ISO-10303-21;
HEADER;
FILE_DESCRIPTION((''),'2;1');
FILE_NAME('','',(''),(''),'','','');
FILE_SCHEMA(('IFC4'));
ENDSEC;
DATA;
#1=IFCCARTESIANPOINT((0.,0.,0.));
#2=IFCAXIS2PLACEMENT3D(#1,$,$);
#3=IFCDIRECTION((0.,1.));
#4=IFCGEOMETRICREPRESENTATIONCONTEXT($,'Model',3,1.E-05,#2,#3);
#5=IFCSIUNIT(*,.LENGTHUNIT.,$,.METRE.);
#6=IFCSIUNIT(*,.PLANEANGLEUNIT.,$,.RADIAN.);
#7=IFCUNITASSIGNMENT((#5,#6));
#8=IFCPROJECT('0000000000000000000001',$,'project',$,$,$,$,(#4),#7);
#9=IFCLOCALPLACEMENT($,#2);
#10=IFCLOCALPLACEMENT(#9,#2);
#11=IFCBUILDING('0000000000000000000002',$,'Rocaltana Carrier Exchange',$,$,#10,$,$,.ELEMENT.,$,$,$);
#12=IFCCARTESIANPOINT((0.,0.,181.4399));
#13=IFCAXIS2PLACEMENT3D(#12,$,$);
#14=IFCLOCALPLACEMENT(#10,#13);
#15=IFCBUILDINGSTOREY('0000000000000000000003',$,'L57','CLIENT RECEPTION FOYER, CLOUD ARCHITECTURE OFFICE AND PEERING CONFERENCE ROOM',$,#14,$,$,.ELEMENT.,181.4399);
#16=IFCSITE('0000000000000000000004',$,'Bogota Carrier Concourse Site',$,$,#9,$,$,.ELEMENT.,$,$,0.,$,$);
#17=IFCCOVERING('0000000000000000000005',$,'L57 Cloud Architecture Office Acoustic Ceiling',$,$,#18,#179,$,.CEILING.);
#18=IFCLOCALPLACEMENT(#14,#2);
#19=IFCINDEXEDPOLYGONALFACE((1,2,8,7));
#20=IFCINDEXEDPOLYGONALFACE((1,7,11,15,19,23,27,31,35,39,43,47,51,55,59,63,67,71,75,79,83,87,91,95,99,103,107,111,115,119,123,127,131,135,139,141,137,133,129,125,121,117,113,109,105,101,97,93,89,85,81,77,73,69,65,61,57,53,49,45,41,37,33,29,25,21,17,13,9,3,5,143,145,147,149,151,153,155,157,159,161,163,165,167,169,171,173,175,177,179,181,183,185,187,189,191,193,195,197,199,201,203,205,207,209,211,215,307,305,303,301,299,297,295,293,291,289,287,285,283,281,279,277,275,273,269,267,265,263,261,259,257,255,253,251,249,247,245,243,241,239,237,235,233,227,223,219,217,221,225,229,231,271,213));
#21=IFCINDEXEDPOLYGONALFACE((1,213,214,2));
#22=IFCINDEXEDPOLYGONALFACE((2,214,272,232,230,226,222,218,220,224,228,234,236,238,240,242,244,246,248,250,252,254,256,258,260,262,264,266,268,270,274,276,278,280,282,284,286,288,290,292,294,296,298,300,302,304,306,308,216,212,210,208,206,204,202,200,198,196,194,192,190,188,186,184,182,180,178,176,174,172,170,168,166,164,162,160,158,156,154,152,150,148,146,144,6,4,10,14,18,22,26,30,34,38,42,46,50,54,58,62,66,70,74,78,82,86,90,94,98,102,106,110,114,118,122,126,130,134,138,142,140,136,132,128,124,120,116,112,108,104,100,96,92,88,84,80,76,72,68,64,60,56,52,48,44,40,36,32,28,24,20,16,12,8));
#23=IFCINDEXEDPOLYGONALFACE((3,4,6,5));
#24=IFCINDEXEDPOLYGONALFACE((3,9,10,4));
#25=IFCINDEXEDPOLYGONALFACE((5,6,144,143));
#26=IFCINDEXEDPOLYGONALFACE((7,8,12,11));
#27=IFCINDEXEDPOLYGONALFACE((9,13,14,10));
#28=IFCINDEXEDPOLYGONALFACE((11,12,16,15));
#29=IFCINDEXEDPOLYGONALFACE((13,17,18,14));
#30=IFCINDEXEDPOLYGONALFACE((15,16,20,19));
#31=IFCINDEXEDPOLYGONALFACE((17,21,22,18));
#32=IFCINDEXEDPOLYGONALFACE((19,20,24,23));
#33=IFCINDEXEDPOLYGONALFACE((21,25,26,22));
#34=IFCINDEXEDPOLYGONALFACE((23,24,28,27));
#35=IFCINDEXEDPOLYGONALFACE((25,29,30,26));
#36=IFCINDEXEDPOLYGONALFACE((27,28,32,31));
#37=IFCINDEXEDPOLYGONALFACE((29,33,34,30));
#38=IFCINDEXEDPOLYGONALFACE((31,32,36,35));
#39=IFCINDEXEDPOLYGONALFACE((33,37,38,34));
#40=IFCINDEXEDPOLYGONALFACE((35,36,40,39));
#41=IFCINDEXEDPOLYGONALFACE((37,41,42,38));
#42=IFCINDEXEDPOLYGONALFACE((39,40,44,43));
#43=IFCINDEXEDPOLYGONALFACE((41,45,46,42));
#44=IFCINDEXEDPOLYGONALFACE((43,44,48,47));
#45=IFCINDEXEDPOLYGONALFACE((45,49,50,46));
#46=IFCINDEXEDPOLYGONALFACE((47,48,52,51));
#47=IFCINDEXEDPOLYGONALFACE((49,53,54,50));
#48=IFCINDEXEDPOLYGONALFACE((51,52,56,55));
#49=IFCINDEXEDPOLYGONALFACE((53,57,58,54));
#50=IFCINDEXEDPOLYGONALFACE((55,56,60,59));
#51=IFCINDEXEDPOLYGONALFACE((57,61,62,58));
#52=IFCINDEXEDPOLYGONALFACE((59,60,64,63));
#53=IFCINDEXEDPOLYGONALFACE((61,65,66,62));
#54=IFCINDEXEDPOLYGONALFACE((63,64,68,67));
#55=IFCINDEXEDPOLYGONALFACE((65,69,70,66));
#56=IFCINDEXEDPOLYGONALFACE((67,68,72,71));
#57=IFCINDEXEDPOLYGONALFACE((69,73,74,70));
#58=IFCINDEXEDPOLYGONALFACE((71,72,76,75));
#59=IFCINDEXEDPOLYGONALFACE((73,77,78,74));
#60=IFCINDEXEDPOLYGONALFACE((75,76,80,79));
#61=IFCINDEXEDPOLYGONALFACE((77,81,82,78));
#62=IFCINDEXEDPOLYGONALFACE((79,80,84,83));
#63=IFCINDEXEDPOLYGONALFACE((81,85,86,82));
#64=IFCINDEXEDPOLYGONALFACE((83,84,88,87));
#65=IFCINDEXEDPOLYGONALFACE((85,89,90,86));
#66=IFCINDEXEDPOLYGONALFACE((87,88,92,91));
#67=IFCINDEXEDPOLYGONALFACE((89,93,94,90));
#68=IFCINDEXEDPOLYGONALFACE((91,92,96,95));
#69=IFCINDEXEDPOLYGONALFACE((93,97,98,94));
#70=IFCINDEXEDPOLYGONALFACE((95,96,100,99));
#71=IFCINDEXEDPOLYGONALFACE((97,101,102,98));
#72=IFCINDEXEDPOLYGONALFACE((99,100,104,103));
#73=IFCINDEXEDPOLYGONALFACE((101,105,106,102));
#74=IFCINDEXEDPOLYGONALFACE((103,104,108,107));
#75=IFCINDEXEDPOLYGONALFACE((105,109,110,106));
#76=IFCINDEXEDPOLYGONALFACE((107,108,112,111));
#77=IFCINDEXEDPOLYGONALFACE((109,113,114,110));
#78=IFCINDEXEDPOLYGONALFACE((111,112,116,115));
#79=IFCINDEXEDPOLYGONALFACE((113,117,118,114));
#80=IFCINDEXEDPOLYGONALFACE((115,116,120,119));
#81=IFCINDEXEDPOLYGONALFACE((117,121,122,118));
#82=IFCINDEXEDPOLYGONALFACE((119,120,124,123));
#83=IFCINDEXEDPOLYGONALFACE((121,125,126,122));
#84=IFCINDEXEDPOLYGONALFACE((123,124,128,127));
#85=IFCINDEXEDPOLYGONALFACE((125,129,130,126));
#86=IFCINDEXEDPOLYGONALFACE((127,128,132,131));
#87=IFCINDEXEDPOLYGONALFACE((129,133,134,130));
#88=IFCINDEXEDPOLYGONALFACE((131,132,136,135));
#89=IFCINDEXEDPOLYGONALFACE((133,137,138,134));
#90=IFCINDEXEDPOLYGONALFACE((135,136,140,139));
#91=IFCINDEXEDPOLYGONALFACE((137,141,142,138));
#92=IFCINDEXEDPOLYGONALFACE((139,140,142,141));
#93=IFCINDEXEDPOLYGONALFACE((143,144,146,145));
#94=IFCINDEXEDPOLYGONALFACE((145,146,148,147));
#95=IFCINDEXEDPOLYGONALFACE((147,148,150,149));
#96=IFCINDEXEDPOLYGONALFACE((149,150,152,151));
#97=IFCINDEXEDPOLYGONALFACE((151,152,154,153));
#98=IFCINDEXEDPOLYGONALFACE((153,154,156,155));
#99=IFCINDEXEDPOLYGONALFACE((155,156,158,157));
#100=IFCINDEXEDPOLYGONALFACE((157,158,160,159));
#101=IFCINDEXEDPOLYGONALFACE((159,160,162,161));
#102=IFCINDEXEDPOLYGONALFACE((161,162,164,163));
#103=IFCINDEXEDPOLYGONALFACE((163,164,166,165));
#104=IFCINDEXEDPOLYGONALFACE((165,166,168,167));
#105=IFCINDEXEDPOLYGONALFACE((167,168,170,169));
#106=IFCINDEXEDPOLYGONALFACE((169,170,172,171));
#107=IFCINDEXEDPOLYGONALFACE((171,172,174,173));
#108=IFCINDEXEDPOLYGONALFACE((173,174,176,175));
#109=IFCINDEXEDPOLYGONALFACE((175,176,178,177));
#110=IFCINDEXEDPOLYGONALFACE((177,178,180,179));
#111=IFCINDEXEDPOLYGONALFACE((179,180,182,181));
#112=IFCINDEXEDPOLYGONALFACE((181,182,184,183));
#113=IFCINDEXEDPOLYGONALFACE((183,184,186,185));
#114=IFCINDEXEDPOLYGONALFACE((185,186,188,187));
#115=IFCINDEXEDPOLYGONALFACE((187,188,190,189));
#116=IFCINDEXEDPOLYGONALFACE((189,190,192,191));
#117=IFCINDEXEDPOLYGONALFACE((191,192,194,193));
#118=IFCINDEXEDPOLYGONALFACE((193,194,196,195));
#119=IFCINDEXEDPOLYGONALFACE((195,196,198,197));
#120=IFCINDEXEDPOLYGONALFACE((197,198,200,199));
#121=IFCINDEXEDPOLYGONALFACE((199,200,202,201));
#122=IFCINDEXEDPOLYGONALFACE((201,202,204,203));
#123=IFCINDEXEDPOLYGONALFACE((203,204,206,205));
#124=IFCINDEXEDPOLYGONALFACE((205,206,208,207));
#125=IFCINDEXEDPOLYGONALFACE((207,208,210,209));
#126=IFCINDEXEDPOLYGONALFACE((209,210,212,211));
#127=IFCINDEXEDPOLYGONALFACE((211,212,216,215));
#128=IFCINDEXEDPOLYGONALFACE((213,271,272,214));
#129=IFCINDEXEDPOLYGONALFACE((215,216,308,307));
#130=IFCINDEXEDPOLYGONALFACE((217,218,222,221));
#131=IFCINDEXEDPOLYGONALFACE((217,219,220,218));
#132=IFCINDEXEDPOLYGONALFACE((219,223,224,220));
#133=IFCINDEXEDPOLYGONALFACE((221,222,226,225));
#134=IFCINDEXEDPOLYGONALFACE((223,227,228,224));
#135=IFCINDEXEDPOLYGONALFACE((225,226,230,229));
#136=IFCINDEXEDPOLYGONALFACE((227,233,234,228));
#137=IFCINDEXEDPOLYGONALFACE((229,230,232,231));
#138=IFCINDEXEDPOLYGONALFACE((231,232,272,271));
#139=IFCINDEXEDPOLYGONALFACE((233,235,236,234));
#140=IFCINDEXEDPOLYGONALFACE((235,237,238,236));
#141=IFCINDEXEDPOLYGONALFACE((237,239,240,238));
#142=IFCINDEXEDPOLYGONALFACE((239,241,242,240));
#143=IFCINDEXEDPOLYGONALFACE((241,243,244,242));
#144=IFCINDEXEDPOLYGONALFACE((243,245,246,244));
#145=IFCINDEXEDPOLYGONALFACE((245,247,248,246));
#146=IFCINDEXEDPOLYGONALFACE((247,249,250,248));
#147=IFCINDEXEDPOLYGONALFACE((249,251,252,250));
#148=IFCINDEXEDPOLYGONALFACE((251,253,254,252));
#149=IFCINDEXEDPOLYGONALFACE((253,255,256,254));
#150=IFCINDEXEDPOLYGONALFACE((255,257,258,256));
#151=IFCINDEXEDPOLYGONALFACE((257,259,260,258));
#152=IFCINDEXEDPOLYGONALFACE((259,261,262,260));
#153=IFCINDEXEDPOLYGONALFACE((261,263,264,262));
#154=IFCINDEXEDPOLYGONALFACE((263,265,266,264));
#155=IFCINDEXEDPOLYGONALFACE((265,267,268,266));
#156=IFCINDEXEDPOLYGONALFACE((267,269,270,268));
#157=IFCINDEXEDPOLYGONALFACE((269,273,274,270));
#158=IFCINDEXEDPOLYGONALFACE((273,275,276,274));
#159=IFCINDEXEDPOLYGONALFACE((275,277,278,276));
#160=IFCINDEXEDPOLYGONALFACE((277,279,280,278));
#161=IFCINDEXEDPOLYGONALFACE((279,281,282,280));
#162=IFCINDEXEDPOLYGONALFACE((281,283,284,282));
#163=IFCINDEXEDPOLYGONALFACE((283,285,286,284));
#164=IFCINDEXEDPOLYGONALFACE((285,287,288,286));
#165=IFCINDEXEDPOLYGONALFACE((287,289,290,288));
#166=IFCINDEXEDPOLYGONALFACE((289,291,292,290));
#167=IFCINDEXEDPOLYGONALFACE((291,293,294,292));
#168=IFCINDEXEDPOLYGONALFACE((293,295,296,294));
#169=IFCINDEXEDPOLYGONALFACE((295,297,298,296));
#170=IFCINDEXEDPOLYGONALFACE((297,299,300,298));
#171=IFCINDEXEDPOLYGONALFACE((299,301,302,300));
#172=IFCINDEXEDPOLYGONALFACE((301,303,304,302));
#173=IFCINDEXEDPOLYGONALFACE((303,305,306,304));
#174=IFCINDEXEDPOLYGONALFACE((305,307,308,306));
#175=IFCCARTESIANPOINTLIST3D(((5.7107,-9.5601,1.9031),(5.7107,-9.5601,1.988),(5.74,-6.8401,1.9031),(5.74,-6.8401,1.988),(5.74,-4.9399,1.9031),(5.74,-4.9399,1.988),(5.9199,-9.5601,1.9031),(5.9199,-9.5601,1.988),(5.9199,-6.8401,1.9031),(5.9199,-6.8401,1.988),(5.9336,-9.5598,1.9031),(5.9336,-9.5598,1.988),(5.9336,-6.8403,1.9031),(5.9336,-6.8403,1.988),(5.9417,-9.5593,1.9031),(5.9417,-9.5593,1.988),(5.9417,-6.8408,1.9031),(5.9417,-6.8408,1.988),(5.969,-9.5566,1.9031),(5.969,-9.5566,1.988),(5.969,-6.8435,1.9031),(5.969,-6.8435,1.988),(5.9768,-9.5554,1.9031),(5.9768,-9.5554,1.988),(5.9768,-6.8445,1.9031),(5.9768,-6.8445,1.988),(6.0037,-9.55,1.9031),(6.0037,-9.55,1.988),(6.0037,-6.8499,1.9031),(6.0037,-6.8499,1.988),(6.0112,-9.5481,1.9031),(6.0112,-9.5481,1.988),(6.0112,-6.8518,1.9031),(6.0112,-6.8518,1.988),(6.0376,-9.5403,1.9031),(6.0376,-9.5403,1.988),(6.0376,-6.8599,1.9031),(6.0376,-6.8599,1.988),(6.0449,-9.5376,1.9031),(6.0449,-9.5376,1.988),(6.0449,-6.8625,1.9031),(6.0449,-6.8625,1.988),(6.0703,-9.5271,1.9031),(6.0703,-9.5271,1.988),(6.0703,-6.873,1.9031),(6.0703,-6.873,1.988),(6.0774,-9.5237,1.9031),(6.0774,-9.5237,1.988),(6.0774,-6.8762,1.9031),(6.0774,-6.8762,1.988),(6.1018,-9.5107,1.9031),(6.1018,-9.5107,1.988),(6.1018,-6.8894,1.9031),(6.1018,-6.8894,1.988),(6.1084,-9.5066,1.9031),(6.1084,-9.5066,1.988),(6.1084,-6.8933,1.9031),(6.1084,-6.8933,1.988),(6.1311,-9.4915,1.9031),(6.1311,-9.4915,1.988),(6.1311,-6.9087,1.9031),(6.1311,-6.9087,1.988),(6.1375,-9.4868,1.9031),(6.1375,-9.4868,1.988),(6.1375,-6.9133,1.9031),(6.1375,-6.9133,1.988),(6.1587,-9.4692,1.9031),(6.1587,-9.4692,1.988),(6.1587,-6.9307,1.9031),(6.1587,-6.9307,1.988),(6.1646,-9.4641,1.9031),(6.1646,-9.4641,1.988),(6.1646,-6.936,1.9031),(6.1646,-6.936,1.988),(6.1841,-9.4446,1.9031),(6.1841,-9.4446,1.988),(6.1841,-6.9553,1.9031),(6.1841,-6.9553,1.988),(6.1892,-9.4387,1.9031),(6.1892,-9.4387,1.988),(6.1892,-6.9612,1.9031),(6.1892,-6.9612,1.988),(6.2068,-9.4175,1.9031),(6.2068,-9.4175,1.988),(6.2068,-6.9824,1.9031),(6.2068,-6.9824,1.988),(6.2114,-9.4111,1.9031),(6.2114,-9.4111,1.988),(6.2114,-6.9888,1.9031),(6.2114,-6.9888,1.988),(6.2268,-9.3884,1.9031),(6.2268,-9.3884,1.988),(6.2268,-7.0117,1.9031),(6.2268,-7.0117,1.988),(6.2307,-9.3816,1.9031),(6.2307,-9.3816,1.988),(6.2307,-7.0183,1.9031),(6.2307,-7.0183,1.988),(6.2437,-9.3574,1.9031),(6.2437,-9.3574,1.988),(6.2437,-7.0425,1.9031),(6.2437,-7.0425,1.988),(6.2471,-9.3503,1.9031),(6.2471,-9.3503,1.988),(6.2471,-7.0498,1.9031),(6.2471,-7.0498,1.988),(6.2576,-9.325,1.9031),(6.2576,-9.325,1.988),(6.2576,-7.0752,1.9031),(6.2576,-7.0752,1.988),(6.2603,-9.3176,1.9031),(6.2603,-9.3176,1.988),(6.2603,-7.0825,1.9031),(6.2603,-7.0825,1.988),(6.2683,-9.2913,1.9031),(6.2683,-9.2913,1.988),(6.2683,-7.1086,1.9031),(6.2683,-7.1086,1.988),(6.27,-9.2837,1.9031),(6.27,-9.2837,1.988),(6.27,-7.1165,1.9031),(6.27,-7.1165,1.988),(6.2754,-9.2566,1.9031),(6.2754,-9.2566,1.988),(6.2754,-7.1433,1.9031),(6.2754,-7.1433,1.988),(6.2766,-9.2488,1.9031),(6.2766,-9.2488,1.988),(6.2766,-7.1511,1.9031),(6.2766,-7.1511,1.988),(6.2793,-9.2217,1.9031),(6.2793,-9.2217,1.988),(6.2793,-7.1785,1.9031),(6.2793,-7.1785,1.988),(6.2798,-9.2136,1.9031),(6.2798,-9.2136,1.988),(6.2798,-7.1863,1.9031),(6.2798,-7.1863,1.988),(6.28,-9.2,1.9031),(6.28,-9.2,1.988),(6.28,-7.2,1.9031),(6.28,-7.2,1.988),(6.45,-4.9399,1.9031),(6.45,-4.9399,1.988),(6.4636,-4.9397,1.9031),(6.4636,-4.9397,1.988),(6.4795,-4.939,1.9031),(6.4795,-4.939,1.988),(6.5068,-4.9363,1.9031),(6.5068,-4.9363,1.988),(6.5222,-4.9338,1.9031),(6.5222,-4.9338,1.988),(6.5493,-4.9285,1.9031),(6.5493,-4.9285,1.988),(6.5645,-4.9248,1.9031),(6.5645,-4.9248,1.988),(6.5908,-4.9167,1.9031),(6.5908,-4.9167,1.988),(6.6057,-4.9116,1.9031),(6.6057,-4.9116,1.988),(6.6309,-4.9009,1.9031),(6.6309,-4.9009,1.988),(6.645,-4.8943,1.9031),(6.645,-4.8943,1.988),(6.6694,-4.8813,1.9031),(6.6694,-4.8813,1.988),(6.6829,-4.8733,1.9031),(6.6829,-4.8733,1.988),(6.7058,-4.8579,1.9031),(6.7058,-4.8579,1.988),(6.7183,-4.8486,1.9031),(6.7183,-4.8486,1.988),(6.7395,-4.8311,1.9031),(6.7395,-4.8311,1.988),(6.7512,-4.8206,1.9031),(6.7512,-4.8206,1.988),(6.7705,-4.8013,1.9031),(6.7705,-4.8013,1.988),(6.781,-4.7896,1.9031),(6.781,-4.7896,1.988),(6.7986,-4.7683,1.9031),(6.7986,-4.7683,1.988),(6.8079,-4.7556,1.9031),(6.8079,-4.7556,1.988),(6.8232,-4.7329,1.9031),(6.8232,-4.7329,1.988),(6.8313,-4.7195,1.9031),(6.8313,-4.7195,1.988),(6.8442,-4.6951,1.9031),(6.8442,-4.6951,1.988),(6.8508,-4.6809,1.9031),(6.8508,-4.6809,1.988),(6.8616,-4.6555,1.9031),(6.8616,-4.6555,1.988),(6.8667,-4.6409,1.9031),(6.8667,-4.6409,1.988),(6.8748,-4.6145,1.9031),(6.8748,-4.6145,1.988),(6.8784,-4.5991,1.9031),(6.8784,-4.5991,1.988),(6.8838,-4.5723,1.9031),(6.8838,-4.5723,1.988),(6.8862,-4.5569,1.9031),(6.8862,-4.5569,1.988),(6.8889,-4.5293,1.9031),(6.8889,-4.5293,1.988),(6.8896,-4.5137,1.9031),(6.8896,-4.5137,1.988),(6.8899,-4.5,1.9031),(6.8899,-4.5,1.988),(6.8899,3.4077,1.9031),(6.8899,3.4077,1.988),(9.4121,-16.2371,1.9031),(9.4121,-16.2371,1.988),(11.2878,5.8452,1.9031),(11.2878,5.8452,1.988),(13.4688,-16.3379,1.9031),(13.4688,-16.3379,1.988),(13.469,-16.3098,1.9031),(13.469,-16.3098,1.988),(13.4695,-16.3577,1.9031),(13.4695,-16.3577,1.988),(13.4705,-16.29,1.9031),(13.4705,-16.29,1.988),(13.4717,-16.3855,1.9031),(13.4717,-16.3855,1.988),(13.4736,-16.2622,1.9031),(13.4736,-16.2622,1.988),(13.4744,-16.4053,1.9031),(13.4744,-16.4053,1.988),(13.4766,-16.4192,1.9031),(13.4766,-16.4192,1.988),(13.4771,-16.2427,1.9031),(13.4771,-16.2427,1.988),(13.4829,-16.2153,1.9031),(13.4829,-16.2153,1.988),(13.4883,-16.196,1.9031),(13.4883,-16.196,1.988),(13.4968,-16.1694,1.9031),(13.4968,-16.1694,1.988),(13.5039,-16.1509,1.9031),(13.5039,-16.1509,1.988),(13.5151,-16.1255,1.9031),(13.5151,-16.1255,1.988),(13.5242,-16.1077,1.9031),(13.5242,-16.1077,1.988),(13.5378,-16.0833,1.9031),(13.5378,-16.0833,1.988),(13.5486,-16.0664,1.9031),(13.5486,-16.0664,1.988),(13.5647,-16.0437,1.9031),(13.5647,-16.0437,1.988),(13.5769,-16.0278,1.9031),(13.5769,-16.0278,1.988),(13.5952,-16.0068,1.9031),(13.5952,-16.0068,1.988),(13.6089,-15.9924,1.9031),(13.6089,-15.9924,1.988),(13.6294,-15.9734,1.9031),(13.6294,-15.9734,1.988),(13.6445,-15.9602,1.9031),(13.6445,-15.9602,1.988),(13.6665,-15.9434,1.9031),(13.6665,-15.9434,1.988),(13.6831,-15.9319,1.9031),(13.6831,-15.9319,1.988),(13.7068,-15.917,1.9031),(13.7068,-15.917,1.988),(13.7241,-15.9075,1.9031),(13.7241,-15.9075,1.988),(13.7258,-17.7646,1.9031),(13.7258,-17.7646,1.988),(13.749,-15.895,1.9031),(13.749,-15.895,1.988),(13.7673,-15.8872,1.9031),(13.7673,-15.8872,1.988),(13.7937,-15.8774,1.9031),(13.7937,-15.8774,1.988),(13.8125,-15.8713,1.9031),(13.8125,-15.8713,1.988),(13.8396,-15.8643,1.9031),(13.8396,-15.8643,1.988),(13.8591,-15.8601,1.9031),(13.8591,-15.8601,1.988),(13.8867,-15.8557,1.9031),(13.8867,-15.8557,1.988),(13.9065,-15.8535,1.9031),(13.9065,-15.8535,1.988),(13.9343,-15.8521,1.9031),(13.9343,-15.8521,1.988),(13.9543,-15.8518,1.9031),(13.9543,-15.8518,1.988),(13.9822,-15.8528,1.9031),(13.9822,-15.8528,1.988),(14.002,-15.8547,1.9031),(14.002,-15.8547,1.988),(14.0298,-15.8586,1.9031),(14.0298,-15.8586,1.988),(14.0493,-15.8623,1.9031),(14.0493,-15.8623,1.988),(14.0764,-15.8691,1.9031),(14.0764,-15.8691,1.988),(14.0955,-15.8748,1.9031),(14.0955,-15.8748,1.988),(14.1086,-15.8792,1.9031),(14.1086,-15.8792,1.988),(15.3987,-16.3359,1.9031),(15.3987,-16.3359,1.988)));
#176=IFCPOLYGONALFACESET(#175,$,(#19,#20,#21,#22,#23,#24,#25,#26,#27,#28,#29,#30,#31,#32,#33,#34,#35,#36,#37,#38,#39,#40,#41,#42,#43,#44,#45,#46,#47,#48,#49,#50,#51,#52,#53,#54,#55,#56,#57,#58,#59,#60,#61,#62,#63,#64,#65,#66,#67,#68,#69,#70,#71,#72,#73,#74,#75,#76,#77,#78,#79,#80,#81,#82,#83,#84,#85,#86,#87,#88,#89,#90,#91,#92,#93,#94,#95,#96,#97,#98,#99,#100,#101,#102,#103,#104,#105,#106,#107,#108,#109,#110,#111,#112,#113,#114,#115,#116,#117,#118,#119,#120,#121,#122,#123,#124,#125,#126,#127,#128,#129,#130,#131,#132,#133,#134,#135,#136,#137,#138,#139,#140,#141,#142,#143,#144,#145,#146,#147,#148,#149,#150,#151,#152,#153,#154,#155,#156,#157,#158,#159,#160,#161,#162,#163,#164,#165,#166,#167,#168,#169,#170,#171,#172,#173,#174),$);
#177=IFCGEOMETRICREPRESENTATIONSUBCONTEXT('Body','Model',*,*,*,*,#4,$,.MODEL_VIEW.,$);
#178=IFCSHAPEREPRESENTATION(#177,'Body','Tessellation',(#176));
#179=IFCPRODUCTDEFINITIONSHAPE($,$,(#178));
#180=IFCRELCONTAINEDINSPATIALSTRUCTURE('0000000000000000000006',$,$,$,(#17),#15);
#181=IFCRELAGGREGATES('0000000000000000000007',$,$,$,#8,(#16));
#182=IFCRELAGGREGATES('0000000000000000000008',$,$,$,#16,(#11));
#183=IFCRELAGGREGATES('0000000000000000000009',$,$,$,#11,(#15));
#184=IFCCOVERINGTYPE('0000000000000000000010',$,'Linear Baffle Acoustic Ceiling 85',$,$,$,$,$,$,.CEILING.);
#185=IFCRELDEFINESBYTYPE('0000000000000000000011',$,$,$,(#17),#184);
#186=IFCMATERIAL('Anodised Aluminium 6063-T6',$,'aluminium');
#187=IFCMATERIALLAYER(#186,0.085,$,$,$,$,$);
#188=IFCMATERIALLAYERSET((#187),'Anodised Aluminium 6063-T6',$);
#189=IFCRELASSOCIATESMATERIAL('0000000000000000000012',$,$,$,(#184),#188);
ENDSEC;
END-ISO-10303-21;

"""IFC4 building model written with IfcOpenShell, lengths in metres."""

from ifc_helpers import new_model, si_unit, direction, frame, origin, place, context, subcontext, project, spatial, polyline, outline, extrude, material, layer, layer_set, type_object, element, save


model = new_model("IFC4")

# Units and contexts
model_context = context("Model", 3, precision=1e-05, world=origin(), true_north=direction((0.0, 1.0)))
body_context = subcontext(model_context, "Body", "Model", "MODEL_VIEW")
ifc_project = project(units=[si_unit("LENGTHUNIT", "METRE"), si_unit("PLANEANGLEUNIT", "RADIAN")], contexts=[model_context])

# Site, building, storey
site_placement = place(None, origin())
site = spatial("IfcSite", under=ifc_project, at=site_placement, Name="Bogota Carrier Concourse Site", CompositionType="ELEMENT", RefElevation=0.0)
building_placement = place(site_placement, origin())
building = spatial("IfcBuilding", under=site, at=building_placement, Name="Rocaltana Carrier Exchange", CompositionType="ELEMENT")
storey_placement = place(building_placement, frame((0.0, 0.0, 181.4399)))
storey = spatial("IfcBuildingStorey", under=building, at=storey_placement, Name="L57", Description="CLIENT RECEPTION FOYER, CLOUD ARCHITECTURE OFFICE AND PEERING CONFERENCE ROOM", CompositionType="ELEMENT", Elevation=181.4399)

# Covering
ifc_material_1 = material(Name="Anodised Aluminium 6063-T6", Category="aluminium")
ifc_layer_1 = layer(ifc_material_1, 0.085)
ifc_layer_set_1 = layer_set([ifc_layer_1], Name="Anodised Aluminium 6063-T6")
covering_type_1 = type_object("IfcCoveringType", Name="Linear Baffle Acoustic Ceiling 85", PredefinedType="CEILING", material=ifc_layer_set_1)
covering_1_placement = place(storey_placement, frame((0.0, 0.0, 1.9031)))
element("IfcCovering", 1, at=covering_1_placement, inside=storey, type_object=covering_type_1, Name="L57 Cloud Architecture Office Acoustic Ceiling", PredefinedType="CEILING", context=body_context, shape_type="SweptSolid", body=[
    extrude(outline(polyline([(5.74, -6.8401), (5.74, -4.9399), (6.45, -4.9399), (6.4636, -4.9397), (6.4795, -4.939), (6.5068, -4.9363), (6.5222, -4.9338), (6.5493, -4.9285), (6.5645, -4.9248), (6.5908, -4.9167), (6.6057, -4.9116), (6.6309, -4.9009), (6.645, -4.8943), (6.6694, -4.8813), (6.6829, -4.8733), (6.7058, -4.8579), (6.7183, -4.8486), (6.7395, -4.8311), (6.7512, -4.8206), (6.7705, -4.8013), (6.781, -4.7896), (6.7986, -4.7683), (6.8079, -4.7556), (6.8232, -4.7329), (6.8313, -4.7195), (6.8442, -4.6951), (6.8508, -4.6809), (6.8616, -4.6555), (6.8667, -4.6409), (6.8748, -4.6145), (6.8784, -4.5991), (6.8838, -4.5723), (6.8862, -4.5569), (6.8889, -4.5293), (6.8896, -4.5137), (6.8899, -4.5), (6.8899, 3.4077), (11.2878, 5.8452), (15.3987, -16.3359), (14.1086, -15.8792), (14.0955, -15.8748), (14.0764, -15.8691), (14.0493, -15.8623), (14.0298, -15.8586), (14.002, -15.8547), (13.9822, -15.8528), (13.9543, -15.8518), (13.9343, -15.8521), (13.9065, -15.8535), (13.8867, -15.8557), (13.8591, -15.8601), (13.8396, -15.8643), (13.8125, -15.8713), (13.7937, -15.8774), (13.7673, -15.8872), (13.749, -15.895), (13.7241, -15.9075), (13.7068, -15.917), (13.6831, -15.9319), (13.6665, -15.9434), (13.6445, -15.9602), (13.6294, -15.9734), (13.6089, -15.9924), (13.5952, -16.0068), (13.5769, -16.0278), (13.5647, -16.0437), (13.5486, -16.0664), (13.5378, -16.0833), (13.5242, -16.1077), (13.5151, -16.1255), (13.5039, -16.1509), (13.4968, -16.1694), (13.4883, -16.196), (13.4829, -16.2153), (13.4771, -16.2427), (13.4736, -16.2622), (13.4705, -16.29), (13.469, -16.3098), (13.4688, -16.3379), (13.4695, -16.3577), (13.4717, -16.3855), (13.4744, -16.4053), (13.4766, -16.4192), (13.7258, -17.7646), (9.4121, -16.2371), (5.7107, -9.5601), (5.9199, -9.5601), (5.9336, -9.5598), (5.9417, -9.5593), (5.969, -9.5566), (5.9768, -9.5554), (6.0037, -9.55), (6.0112, -9.5481), (6.0376, -9.5403), (6.0449, -9.5376), (6.0703, -9.5271), (6.0774, -9.5237), (6.1018, -9.5107), (6.1084, -9.5066), (6.1311, -9.4915), (6.1375, -9.4868), (6.1587, -9.4692), (6.1646, -9.4641), (6.1841, -9.4446), (6.1892, -9.4387), (6.2068, -9.4175), (6.2114, -9.4111), (6.2268, -9.3884), (6.2307, -9.3816), (6.2437, -9.3574), (6.2471, -9.3503), (6.2576, -9.325), (6.2603, -9.3176), (6.2683, -9.2913), (6.27, -9.2837), (6.2754, -9.2566), (6.2766, -9.2488), (6.2793, -9.2217), (6.2798, -9.2136), (6.28, -9.2), (6.28, -7.2), (6.2798, -7.1863), (6.2793, -7.1785), (6.2766, -7.1511), (6.2754, -7.1433), (6.27, -7.1165), (6.2683, -7.1086), (6.2603, -7.0825), (6.2576, -7.0752), (6.2471, -7.0498), (6.2437, -7.0425), (6.2307, -7.0183), (6.2268, -7.0117), (6.2114, -6.9888), (6.2068, -6.9824), (6.1892, -6.9612), (6.1841, -6.9553), (6.1646, -6.936), (6.1587, -6.9307), (6.1375, -6.9133), (6.1311, -6.9087), (6.1084, -6.8933), (6.1018, -6.8894), (6.0774, -6.8762), (6.0703, -6.873), (6.0449, -6.8625), (6.0376, -6.8599), (6.0112, -6.8518), (6.0037, -6.8499), (5.9768, -6.8445), (5.969, -6.8435), (5.9417, -6.8408), (5.9336, -6.8403), (5.9199, -6.8401), (5.74, -6.8401)])), origin(), (0.0, 0.0, 1.0), 0.085),
])

save(model, "model.ifc")
